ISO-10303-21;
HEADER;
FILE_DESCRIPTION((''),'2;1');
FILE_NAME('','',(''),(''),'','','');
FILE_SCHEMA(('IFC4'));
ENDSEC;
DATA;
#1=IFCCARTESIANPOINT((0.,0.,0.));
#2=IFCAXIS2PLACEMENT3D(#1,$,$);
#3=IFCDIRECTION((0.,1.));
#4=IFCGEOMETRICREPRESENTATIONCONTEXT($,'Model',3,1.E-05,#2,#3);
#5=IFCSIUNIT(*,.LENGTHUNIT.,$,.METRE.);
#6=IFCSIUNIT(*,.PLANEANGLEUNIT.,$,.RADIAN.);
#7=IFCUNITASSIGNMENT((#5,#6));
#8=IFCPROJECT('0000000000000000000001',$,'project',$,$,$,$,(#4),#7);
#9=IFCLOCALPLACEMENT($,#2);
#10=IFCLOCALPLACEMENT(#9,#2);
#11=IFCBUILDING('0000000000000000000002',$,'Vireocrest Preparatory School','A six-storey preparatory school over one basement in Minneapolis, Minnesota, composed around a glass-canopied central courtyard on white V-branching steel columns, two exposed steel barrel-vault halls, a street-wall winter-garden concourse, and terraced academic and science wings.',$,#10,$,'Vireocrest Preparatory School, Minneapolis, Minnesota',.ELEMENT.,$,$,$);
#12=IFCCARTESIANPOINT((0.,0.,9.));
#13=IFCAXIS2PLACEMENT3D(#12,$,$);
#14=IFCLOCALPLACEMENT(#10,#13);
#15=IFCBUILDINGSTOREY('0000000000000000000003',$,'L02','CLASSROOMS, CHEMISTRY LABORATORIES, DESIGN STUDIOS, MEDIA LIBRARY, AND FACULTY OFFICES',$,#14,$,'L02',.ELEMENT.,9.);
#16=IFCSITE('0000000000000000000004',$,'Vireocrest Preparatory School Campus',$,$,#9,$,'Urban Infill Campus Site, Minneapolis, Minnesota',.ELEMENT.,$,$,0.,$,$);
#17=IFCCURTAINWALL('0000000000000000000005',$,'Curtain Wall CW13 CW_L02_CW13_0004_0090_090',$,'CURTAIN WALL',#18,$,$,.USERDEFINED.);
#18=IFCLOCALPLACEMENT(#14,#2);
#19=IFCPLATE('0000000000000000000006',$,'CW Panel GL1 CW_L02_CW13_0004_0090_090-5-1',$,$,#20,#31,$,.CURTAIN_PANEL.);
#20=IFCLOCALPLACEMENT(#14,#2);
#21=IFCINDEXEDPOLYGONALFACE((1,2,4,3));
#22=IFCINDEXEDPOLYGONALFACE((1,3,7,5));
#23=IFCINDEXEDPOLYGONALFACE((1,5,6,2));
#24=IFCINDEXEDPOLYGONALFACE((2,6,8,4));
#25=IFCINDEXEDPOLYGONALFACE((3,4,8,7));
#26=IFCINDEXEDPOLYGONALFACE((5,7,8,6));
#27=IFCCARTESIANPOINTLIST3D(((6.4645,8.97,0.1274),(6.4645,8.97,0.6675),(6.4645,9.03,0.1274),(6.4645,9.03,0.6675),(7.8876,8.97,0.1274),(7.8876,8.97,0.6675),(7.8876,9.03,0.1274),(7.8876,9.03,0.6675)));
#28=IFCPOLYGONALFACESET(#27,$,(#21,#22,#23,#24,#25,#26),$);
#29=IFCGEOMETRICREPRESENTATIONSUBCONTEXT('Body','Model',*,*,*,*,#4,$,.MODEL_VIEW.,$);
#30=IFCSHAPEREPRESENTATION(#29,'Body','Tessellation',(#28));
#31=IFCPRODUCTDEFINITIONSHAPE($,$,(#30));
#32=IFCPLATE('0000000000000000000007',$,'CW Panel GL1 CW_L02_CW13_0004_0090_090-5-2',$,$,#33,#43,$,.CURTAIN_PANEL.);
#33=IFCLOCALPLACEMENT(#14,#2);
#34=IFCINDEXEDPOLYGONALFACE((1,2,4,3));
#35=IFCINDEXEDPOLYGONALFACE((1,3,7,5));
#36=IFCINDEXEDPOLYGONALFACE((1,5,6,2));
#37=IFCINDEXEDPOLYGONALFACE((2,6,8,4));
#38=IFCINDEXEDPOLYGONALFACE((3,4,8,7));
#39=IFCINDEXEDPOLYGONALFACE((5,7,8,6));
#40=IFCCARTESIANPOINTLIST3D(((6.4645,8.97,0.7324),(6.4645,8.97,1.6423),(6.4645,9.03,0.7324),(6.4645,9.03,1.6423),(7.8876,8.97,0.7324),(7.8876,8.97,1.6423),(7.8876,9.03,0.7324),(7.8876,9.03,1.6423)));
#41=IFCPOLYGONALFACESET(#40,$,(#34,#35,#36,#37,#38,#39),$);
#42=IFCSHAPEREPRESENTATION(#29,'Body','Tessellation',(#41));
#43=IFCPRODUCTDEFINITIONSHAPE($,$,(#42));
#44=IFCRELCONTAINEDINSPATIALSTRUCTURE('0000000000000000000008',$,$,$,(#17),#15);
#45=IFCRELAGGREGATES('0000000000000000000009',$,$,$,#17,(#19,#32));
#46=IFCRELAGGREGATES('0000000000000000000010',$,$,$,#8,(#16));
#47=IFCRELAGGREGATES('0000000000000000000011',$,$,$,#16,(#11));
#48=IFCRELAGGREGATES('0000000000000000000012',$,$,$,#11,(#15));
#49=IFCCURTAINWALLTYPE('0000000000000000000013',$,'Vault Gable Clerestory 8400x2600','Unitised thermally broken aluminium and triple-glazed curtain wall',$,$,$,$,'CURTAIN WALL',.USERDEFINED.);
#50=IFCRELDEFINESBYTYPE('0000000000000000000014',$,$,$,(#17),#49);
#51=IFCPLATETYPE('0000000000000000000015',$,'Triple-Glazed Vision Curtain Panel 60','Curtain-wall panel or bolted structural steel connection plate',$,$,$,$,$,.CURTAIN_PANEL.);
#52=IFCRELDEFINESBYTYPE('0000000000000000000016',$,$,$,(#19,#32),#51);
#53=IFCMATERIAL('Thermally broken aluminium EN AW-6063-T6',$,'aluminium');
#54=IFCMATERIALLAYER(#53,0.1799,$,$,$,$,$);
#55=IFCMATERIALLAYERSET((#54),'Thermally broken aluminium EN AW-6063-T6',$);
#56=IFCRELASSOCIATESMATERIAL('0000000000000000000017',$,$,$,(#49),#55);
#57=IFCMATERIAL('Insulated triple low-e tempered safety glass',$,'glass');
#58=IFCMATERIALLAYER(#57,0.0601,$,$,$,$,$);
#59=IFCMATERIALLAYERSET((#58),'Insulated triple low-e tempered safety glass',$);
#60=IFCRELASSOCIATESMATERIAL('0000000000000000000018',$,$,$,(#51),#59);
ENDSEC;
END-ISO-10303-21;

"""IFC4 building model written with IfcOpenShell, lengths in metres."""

from ifc_helpers import new_model, si_unit, direction, frame, origin, origin_2d, place, context, subcontext, project, spatial, rectangle, extrude, material, layer, layer_set, type_object, element, aggregate, save


model = new_model("IFC4")

# Units and contexts
model_context = context("Model", 3, precision=1e-05, world=origin(), true_north=direction((0.0, 1.0)))
body_context = subcontext(model_context, "Body", "Model", "MODEL_VIEW")
ifc_project = project(units=[si_unit("LENGTHUNIT", "METRE"), si_unit("PLANEANGLEUNIT", "RADIAN")], contexts=[model_context])

# Site, building, storey
site_placement = place(None, origin())
site = spatial("IfcSite", under=ifc_project, at=site_placement, Name="Vireocrest Preparatory School Campus", LongName="Urban Infill Campus Site, Minneapolis, Minnesota", CompositionType="ELEMENT", RefElevation=0.0)
building_placement = place(site_placement, origin())
building = spatial("IfcBuilding", under=site, at=building_placement, Name="Vireocrest Preparatory School", Description="A six-storey preparatory school over one basement in Minneapolis, Minnesota, composed around a glass-canopied central courtyard on white V-branching steel columns, two exposed steel barrel-vault halls, a street-wall winter-garden concourse, and terraced academic and science wings.", LongName="Vireocrest Preparatory School, Minneapolis, Minnesota", CompositionType="ELEMENT")
storey_placement = place(building_placement, frame((0.0, 0.0, 9.0)))
storey = spatial("IfcBuildingStorey", under=building, at=storey_placement, Name="L02", Description="CLASSROOMS, CHEMISTRY LABORATORIES, DESIGN STUDIOS, MEDIA LIBRARY, AND FACULTY OFFICES", LongName="L02", CompositionType="ELEMENT", Elevation=9.0)

# Curtain wall
ifc_material_1 = material(Name="Thermally broken aluminium EN AW-6063-T6", Category="aluminium")
ifc_layer_1 = layer(ifc_material_1, 0.1799)
ifc_layer_set_1 = layer_set([ifc_layer_1], Name="Thermally broken aluminium EN AW-6063-T6")
curtain_wall_type = type_object("IfcCurtainWallType", Name="Vault Gable Clerestory 8400x2600", Description="Unitised thermally broken aluminium and triple-glazed curtain wall", ElementType="CURTAIN WALL", PredefinedType="USERDEFINED", material=ifc_layer_set_1)
curtain_wall_placement = place(storey_placement, origin())
curtain_wall = element("IfcCurtainWall", 1, at=curtain_wall_placement, inside=storey, type_object=curtain_wall_type, Name="Curtain Wall CW13 CW_L02_CW13_0004_0090_090", ObjectType="CURTAIN WALL", PredefinedType="USERDEFINED")

# Plates
ifc_material_2 = material(Name="Insulated triple low-e tempered safety glass", Category="glass")
ifc_layer_2 = layer(ifc_material_2, 0.0601)
ifc_layer_set_2 = layer_set([ifc_layer_2], Name="Insulated triple low-e tempered safety glass")
plate_type_1 = type_object("IfcPlateType", Name="Triple-Glazed Vision Curtain Panel 60", Description="Curtain-wall panel or bolted structural steel connection plate", PredefinedType="CURTAIN_PANEL", material=ifc_layer_set_2)
plate_1_placement = place(storey_placement, frame((7.176, 9.0, 0.1274), z_axis=(0.0, 0.0, 1.0), x_axis=(1.0, 0.0, 0.0)))
plate_1 = element("IfcPlate", 2, at=plate_1_placement, type_object=plate_type_1, Name="CW Panel GL1 CW_L02_CW13_0004_0090_090-5-1", PredefinedType="CURTAIN_PANEL", context=body_context, shape_type="SweptSolid", body=[
    extrude(rectangle(XDim=1.4231, YDim=0.0601, at=origin_2d()), origin(), (0.0, 0.0, 1.0), 0.54),
])
plate_2_placement = place(storey_placement, frame((7.176, 9.0, 0.7324), z_axis=(0.0, 0.0, 1.0), x_axis=(1.0, 0.0, 0.0)))
plate_2 = element("IfcPlate", 3, at=plate_2_placement, type_object=plate_type_1, Name="CW Panel GL1 CW_L02_CW13_0004_0090_090-5-2", PredefinedType="CURTAIN_PANEL", context=body_context, shape_type="SweptSolid", body=[
    extrude(rectangle(XDim=1.4231, YDim=0.0601, at=origin_2d()), origin(), (0.0, 0.0, 1.0), 0.9099),
])
aggregate(curtain_wall, [plate_1, plate_2])

save(model, "model.ifc")
